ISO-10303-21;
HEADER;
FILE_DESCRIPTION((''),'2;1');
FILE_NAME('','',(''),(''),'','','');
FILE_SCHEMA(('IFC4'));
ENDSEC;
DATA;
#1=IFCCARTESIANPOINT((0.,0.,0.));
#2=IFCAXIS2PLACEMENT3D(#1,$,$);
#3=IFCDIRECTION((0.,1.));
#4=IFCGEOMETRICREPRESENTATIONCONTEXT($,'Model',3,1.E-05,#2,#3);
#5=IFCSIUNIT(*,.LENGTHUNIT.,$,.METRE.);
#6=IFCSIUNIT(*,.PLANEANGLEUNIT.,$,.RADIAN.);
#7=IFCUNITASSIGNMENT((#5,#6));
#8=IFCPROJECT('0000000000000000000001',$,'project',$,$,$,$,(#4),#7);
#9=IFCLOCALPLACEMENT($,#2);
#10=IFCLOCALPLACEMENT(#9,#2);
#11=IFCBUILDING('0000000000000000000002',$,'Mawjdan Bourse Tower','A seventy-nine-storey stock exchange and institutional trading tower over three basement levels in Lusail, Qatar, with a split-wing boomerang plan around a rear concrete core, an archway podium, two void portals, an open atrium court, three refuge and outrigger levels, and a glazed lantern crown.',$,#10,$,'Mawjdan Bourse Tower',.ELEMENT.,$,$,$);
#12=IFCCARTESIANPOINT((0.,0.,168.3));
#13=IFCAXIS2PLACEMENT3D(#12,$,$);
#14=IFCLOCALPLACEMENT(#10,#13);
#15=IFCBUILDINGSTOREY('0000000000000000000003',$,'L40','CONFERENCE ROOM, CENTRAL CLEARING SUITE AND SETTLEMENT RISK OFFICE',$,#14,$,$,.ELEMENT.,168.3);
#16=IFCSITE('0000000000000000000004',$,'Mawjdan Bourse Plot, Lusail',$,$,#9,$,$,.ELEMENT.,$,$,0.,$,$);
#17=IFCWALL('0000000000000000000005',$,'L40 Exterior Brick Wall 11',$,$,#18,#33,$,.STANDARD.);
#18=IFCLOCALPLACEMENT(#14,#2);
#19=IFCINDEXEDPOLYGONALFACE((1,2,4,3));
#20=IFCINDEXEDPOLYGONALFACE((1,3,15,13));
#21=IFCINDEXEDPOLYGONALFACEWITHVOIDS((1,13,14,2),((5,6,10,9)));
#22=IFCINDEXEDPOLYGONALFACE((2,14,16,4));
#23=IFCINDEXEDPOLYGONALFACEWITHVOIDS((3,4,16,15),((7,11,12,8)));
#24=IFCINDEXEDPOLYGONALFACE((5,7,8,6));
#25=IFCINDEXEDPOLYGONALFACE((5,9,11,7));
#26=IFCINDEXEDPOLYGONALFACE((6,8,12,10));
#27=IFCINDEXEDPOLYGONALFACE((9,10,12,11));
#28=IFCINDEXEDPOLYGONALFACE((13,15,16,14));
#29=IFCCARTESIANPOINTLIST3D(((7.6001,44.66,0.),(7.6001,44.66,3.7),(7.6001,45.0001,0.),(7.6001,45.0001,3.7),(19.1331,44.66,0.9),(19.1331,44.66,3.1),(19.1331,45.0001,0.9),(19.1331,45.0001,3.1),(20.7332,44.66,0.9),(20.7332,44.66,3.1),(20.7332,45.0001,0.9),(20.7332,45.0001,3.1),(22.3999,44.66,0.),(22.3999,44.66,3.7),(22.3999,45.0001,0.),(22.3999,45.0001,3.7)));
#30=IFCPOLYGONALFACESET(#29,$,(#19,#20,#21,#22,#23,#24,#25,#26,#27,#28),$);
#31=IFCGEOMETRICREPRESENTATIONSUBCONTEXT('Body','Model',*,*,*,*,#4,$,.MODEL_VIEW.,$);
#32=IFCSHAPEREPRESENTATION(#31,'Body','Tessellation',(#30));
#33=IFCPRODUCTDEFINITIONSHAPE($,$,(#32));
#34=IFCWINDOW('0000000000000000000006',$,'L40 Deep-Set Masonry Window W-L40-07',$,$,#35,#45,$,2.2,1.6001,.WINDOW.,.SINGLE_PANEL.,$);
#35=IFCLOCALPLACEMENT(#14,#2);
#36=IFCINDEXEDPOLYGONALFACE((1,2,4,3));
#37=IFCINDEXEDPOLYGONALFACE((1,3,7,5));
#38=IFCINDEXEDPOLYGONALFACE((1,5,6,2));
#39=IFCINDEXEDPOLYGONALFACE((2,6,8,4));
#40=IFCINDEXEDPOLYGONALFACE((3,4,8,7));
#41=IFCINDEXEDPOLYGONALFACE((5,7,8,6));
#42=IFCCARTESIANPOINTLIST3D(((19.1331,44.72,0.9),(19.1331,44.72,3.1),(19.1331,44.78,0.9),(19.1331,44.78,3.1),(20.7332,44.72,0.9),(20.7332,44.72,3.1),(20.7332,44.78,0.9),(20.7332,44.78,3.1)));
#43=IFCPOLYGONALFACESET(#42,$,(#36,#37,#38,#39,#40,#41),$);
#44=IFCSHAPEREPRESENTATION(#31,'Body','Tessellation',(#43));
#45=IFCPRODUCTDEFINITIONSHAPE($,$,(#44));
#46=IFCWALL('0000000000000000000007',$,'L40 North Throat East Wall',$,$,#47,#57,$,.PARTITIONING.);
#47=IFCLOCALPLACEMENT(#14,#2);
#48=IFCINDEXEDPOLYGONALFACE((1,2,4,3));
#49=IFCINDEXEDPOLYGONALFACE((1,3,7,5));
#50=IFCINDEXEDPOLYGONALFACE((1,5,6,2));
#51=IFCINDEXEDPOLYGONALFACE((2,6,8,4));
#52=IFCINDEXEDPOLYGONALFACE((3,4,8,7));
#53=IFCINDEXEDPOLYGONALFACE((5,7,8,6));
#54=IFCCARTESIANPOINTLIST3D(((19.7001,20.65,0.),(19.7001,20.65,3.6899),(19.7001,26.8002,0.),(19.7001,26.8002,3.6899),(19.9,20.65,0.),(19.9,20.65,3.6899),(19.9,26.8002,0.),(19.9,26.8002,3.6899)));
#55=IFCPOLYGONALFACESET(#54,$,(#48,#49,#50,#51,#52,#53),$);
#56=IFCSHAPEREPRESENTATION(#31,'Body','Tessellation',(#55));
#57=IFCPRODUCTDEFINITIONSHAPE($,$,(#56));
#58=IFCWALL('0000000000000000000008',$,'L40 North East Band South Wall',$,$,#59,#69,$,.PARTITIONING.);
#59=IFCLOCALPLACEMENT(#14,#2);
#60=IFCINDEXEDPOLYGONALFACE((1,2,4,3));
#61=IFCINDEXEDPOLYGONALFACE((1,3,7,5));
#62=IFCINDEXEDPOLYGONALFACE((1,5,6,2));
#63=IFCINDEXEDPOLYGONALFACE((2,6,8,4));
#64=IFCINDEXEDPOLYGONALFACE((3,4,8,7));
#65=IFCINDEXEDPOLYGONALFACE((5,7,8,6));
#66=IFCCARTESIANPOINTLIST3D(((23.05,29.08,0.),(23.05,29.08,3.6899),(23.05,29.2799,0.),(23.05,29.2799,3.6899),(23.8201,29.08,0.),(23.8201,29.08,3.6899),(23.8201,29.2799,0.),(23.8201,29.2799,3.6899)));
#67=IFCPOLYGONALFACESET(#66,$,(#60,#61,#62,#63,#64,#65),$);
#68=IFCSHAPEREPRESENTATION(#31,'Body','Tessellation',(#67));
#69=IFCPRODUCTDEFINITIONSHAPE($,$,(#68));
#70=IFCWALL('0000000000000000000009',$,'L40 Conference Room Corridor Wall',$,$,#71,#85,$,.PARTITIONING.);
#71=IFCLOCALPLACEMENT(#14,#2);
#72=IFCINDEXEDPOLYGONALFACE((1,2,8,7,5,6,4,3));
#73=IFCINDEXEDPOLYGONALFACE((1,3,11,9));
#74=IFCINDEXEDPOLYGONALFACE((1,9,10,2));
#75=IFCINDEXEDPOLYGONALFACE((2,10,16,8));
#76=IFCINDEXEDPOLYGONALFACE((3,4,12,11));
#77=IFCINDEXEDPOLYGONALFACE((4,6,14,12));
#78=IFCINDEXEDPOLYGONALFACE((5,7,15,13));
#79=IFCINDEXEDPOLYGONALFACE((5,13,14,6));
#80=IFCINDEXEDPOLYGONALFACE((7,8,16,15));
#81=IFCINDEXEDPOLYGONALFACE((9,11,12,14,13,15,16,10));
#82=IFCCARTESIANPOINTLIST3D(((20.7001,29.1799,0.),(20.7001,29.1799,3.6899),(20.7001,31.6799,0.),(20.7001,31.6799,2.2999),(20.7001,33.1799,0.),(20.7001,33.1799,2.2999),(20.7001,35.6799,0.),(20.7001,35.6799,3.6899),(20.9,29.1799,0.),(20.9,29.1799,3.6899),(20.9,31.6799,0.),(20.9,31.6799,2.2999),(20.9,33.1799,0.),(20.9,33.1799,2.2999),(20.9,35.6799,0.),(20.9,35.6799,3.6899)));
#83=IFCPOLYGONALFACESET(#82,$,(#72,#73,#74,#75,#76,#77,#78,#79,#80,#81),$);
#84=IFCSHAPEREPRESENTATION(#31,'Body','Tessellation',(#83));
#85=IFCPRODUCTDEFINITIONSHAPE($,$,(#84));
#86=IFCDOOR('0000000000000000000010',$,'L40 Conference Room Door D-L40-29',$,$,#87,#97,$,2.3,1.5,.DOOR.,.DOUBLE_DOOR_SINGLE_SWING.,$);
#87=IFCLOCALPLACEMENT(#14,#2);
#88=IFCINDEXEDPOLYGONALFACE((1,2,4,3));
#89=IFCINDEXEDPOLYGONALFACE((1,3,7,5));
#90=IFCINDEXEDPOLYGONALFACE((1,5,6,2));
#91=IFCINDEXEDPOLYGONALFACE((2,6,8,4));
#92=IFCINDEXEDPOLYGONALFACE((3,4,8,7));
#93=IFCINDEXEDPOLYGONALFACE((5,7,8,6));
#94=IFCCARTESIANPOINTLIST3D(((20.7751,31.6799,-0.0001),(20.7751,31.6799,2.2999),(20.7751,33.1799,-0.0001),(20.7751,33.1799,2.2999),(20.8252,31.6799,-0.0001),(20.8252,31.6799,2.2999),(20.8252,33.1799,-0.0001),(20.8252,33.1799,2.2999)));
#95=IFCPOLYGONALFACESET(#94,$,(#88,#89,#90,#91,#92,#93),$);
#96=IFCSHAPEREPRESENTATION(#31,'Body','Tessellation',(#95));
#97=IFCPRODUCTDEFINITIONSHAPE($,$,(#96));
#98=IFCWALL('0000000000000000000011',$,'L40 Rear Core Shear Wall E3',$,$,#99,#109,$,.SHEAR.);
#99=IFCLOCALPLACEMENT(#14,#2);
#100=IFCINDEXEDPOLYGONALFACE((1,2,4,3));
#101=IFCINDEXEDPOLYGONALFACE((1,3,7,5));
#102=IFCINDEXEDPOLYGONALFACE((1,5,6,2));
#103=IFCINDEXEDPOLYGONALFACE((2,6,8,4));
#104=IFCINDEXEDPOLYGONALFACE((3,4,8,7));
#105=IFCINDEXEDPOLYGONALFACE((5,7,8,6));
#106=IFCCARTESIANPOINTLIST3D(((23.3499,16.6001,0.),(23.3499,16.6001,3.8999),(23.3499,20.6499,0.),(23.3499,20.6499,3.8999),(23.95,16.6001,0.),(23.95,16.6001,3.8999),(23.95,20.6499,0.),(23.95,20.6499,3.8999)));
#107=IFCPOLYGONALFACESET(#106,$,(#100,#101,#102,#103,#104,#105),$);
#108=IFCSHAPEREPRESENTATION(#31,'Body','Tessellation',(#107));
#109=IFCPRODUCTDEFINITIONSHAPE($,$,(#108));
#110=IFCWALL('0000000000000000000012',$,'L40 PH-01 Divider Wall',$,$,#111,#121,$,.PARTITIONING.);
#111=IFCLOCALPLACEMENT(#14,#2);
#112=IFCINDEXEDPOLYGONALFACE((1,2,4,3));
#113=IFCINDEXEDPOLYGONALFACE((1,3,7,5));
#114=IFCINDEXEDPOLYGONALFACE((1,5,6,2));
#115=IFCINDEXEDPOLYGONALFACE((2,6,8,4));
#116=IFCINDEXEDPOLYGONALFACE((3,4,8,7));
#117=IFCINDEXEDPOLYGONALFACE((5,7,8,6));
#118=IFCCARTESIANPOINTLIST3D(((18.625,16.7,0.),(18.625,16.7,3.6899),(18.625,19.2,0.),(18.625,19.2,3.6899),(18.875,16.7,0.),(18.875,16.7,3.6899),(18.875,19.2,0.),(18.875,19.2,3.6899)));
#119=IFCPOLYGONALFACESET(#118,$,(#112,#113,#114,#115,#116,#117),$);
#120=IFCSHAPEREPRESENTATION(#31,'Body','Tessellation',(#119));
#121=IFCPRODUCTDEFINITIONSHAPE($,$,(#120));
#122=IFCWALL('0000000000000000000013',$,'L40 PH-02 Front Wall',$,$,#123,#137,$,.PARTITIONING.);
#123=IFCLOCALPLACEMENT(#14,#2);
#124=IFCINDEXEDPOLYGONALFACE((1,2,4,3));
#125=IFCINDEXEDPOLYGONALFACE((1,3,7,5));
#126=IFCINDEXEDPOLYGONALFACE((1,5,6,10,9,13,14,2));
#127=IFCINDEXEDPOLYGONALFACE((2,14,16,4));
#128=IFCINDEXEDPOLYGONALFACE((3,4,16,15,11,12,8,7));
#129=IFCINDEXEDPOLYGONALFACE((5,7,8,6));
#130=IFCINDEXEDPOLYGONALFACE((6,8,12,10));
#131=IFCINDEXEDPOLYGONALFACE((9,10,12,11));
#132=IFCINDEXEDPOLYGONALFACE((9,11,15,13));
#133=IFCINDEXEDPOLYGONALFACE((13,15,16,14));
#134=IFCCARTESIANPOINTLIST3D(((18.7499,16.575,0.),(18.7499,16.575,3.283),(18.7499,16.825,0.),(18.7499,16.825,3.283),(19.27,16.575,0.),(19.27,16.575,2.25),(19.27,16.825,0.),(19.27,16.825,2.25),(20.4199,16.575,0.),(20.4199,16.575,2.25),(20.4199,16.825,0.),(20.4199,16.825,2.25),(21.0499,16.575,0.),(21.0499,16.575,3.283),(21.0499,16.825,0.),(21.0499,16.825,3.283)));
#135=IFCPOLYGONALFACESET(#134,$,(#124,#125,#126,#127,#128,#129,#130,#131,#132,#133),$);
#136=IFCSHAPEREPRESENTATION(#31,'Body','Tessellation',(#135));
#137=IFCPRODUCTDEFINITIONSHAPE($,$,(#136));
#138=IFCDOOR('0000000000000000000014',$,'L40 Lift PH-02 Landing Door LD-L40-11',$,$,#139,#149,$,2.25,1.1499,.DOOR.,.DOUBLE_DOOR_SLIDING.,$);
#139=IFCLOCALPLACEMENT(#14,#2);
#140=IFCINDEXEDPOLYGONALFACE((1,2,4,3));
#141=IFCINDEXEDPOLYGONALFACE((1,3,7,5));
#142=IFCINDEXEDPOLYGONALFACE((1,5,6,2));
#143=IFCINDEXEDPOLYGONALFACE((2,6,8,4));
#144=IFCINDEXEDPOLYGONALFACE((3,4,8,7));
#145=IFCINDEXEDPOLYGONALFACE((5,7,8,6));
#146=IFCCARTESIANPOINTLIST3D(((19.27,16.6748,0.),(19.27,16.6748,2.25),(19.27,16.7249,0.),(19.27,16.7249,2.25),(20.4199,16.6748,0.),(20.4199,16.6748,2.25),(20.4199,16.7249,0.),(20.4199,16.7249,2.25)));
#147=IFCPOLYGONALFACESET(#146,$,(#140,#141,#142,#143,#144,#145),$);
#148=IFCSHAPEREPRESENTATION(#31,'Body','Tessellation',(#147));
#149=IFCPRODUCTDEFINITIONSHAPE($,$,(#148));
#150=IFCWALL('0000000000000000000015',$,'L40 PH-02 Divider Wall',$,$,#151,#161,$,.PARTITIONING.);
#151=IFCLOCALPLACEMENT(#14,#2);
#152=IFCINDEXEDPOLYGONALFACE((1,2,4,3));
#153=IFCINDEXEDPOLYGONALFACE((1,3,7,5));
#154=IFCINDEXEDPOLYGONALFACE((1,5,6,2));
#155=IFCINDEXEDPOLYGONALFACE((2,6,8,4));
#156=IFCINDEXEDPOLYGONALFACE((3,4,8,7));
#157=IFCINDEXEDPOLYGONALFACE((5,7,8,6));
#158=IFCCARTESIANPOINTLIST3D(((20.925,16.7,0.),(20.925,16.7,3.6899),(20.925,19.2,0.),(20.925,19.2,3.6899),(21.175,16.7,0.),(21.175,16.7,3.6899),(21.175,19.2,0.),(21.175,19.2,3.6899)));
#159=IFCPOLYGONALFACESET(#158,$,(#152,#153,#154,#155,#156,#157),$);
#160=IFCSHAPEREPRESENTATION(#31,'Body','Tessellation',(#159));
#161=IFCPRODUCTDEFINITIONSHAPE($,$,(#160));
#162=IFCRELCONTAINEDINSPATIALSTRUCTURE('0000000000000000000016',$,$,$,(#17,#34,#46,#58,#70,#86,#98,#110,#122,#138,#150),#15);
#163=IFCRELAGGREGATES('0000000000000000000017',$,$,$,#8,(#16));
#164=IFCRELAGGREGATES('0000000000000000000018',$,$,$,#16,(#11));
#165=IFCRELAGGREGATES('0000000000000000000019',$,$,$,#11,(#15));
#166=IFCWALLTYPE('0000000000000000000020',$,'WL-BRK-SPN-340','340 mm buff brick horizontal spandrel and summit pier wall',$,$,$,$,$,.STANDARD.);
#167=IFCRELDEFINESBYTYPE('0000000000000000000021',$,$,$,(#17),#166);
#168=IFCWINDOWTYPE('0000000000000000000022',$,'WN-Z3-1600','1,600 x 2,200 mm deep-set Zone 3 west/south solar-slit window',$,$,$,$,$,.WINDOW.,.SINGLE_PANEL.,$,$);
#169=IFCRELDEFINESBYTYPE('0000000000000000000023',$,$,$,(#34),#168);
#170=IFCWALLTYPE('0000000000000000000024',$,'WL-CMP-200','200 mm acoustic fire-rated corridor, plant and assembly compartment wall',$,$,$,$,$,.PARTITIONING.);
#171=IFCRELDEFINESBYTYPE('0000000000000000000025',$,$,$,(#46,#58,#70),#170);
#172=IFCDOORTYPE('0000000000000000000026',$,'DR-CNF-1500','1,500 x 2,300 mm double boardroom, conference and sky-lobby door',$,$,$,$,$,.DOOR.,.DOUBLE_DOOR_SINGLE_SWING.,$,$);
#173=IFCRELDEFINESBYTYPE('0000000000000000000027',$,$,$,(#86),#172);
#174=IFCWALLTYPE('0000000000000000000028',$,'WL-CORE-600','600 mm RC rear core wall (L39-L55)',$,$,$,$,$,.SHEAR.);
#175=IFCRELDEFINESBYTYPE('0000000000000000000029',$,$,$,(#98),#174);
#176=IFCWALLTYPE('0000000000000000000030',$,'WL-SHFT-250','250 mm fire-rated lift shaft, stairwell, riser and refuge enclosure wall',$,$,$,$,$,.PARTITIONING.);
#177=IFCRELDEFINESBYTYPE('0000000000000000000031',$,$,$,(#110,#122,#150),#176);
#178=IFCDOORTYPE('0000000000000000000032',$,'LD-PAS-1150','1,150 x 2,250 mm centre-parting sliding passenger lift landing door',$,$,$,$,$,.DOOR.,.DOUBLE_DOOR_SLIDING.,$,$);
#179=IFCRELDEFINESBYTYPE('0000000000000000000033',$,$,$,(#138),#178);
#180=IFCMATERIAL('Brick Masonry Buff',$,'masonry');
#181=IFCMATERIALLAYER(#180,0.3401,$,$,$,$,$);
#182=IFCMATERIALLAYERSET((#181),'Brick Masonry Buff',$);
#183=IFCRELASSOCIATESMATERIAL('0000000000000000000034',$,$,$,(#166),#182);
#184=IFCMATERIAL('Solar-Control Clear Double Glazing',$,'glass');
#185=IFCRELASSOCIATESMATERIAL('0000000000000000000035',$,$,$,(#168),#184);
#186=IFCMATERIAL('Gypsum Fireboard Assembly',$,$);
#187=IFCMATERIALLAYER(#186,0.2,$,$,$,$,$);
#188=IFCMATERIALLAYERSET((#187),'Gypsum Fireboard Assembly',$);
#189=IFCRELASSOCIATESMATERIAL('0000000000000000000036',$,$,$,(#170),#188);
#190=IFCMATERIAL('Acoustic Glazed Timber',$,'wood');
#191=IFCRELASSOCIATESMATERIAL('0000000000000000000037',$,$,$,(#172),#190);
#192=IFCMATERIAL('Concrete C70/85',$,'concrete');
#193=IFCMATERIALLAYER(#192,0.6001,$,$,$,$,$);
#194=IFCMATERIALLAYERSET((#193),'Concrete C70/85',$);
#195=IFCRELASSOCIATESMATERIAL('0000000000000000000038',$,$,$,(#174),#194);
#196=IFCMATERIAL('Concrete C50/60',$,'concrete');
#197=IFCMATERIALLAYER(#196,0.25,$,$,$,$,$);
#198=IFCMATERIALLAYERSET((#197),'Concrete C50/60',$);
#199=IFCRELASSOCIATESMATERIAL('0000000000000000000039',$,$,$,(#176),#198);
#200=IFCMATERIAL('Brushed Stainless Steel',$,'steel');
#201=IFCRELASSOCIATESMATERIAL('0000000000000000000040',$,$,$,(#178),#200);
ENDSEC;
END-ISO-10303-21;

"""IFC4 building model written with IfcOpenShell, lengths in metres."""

from ifc_helpers import new_model, si_unit, direction, frame, frame_2d, origin, place, context, subcontext, project, spatial, rectangle, extrude, material, layer, layer_set, type_object, element, fill, save


model = new_model("IFC4")

# Units and contexts
model_context = context("Model", 3, precision=1e-05, world=origin(), true_north=direction((0.0, 1.0)))
body_context = subcontext(model_context, "Body", "Model", "MODEL_VIEW")
ifc_project = project(units=[si_unit("LENGTHUNIT", "METRE"), si_unit("PLANEANGLEUNIT", "RADIAN")], contexts=[model_context])

# Site, building, storey
site_placement = place(None, origin())
site = spatial("IfcSite", under=ifc_project, at=site_placement, Name="Mawjdan Bourse Plot, Lusail", CompositionType="ELEMENT", RefElevation=0.0)
building_placement = place(site_placement, origin())
building = spatial("IfcBuilding", under=site, at=building_placement, Name="Mawjdan Bourse Tower", Description="A seventy-nine-storey stock exchange and institutional trading tower over three basement levels in Lusail, Qatar, with a split-wing boomerang plan around a rear concrete core, an archway podium, two void portals, an open atrium court, three refuge and outrigger levels, and a glazed lantern crown.", LongName="Mawjdan Bourse Tower", CompositionType="ELEMENT")
storey_placement = place(building_placement, frame((0.0, 0.0, 168.3)))
storey = spatial("IfcBuildingStorey", under=building, at=storey_placement, Name="L40", Description="CONFERENCE ROOM, CENTRAL CLEARING SUITE AND SETTLEMENT RISK OFFICE", CompositionType="ELEMENT", Elevation=168.3)

# Shared definitions
ifc_material_1 = material(Name="Concrete C70/85", Category="concrete")

# Shared definitions
ifc_material_2 = material(Name="Brick Masonry Buff", Category="masonry")
ifc_layer_1 = layer(ifc_material_2, 0.3401)
ifc_layer_set_1 = layer_set([ifc_layer_1], Name="Brick Masonry Buff")
wall_type_1 = type_object("IfcWallType", Name="WL-BRK-SPN-340", Description="340 mm buff brick horizontal spandrel and summit pier wall", PredefinedType="STANDARD", material=ifc_layer_set_1)

# Wall, opening, window
wall_1_placement = place(storey_placement, frame((22.3999, 44.8301, 0.0), z_axis=(0.0, 0.0, 1.0), x_axis=(-1.0, 0.0, 0.0)))
wall_1 = element("IfcWall", 1, at=wall_1_placement, inside=storey, type_object=wall_type_1, Name="L40 Exterior Brick Wall 11", PredefinedType="STANDARD", context=body_context, shape_type="SweptSolid", body=[
    extrude(rectangle(XDim=14.7998, YDim=0.3401, at=frame_2d((7.3999, 0.0))), origin(), (0.0, 0.0, 1.0), 3.7),
])
opening_1_placement = place(wall_1_placement, frame((1.6667, 0.0, 0.8999)))
opening_1 = element("IfcOpeningElement", 2, at=opening_1_placement, cuts=wall_1, PredefinedType="OPENING", context=body_context, shape_type="SweptSolid", body=[
    extrude(rectangle(XDim=1.6001, YDim=2.2, at=frame_2d((0.8, 1.1001))), frame((0.0, 0.1802, 0.0), z_axis=(0.0, -1.0, 0.0), x_axis=(1.0, 0.0, 0.0)), (0.0, 0.0, 1.0), 0.3601),
])
ifc_material_3 = material(Name="Solar-Control Clear Double Glazing", Category="glass")
window_type = type_object("IfcWindowType", Name="WN-Z3-1600", Description="1,600 x 2,200 mm deep-set Zone 3 west/south solar-slit window", PartitioningType="SINGLE_PANEL", PredefinedType="WINDOW", material=ifc_material_3)
window_placement = place(opening_1_placement, origin())
window = element("IfcWindow", 3, at=window_placement, inside=storey, type_object=window_type, Name="L40 Deep-Set Masonry Window W-L40-07", OverallHeight=2.2, OverallWidth=1.6001, PartitioningType="SINGLE_PANEL", PredefinedType="WINDOW", context=body_context, shape_type="SweptSolid", body=[
    extrude(rectangle(XDim=1.6001, YDim=2.2, at=frame_2d((0.8, 1.1001))), frame((0.0, 0.1101, 0.0), z_axis=(0.0, -1.0, 0.0), x_axis=(1.0, 0.0, 0.0)), (0.0, 0.0, 1.0), 0.0601),
])
fill(opening_1, window)

# Shared definitions
ifc_material_4 = material(Name="Gypsum Fireboard Assembly")
ifc_layer_2 = layer(ifc_material_4, 0.2)
ifc_layer_set_2 = layer_set([ifc_layer_2], Name="Gypsum Fireboard Assembly")
wall_type_2 = type_object("IfcWallType", Name="WL-CMP-200", Description="200 mm acoustic fire-rated corridor, plant and assembly compartment wall", PredefinedType="PARTITIONING", material=ifc_layer_set_2)

# Walls
wall_2_placement = place(storey_placement, frame((19.8, 20.6499, 0.0), z_axis=(0.0, 0.0, 1.0), x_axis=(0.0, 1.0, 0.0)))
element("IfcWall", 4, at=wall_2_placement, inside=storey, type_object=wall_type_2, Name="L40 North Throat East Wall", PredefinedType="PARTITIONING", context=body_context, shape_type="SweptSolid", body=[
    extrude(rectangle(XDim=6.1501, YDim=0.2, at=frame_2d((3.0752, 0.0))), origin(), (0.0, 0.0, 1.0), 3.6899),
])
wall_3_placement = place(storey_placement, frame((23.05, 29.1799, 0.0), z_axis=(0.0, 0.0, 1.0), x_axis=(1.0, 0.0, 0.0)))
element("IfcWall", 5, at=wall_3_placement, inside=storey, type_object=wall_type_2, Name="L40 North East Band South Wall", PredefinedType="PARTITIONING", context=body_context, shape_type="SweptSolid", body=[
    extrude(rectangle(XDim=0.77, YDim=0.2, at=frame_2d((0.385, 0.0))), origin(), (0.0, 0.0, 1.0), 3.6899),
])

# Wall, opening, door
wall_4_placement = place(storey_placement, frame((20.8, 29.1799, 0.0), z_axis=(0.0, 0.0, 1.0), x_axis=(0.0, 1.0, 0.0)))
wall_4 = element("IfcWall", 6, at=wall_4_placement, inside=storey, type_object=wall_type_2, Name="L40 Conference Room Corridor Wall", PredefinedType="PARTITIONING", context=body_context, shape_type="SweptSolid", body=[
    extrude(rectangle(XDim=6.5, YDim=0.2, at=frame_2d((3.25, 0.0))), origin(), (0.0, 0.0, 1.0), 3.6899),
])
opening_2_placement = place(wall_4_placement, frame((2.5, 0.0, 0.0)))
opening_2 = element("IfcOpeningElement", 7, at=opening_2_placement, cuts=wall_4, PredefinedType="OPENING", context=body_context, shape_type="SweptSolid", body=[
    extrude(rectangle(XDim=1.5, YDim=2.3, at=frame_2d((0.75, 1.1499))), frame((0.0, 0.1099, 0.0), z_axis=(0.0, -1.0, 0.0), x_axis=(1.0, 0.0, 0.0)), (0.0, 0.0, 1.0), 0.22),
])
ifc_material_5 = material(Name="Acoustic Glazed Timber", Category="wood")
door_type_1 = type_object("IfcDoorType", Name="DR-CNF-1500", Description="1,500 x 2,300 mm double boardroom, conference and sky-lobby door", OperationType="DOUBLE_DOOR_SINGLE_SWING", PredefinedType="DOOR", material=ifc_material_5)
door_1_placement = place(opening_2_placement, origin())
door_1 = element("IfcDoor", 8, at=door_1_placement, inside=storey, type_object=door_type_1, Name="L40 Conference Room Door D-L40-29", OperationType="DOUBLE_DOOR_SINGLE_SWING", OverallHeight=2.3, OverallWidth=1.5, PredefinedType="DOOR", context=body_context, shape_type="SweptSolid", body=[
    extrude(rectangle(XDim=1.5, YDim=2.3, at=frame_2d((0.75, 1.1499))), frame((0.0, 0.0249, 0.0), z_axis=(0.0, -1.0, 0.0), x_axis=(1.0, 0.0, 0.0)), (0.0, 0.0, 1.0), 0.05),
])
fill(opening_2, door_1)

# Walls
ifc_layer_3 = layer(ifc_material_1, 0.6001)
ifc_layer_set_3 = layer_set([ifc_layer_3], Name="Concrete C70/85")
wall_type_3 = type_object("IfcWallType", Name="WL-CORE-600", Description="600 mm RC rear core wall (L39-L55)", PredefinedType="SHEAR", material=ifc_layer_set_3)
wall_5_placement = place(storey_placement, frame((23.6499, 16.6001, 0.0), z_axis=(0.0, 0.0, 1.0), x_axis=(0.0, 1.0, 0.0)))
element("IfcWall", 9, at=wall_5_placement, inside=storey, type_object=wall_type_3, Name="L40 Rear Core Shear Wall E3", PredefinedType="SHEAR", context=body_context, shape_type="SweptSolid", body=[
    extrude(rectangle(XDim=4.0498, YDim=0.6001, at=frame_2d((2.0249, 0.0))), origin(), (0.0, 0.0, 1.0), 3.8999),
])
ifc_material_6 = material(Name="Concrete C50/60", Category="concrete")
ifc_layer_4 = layer(ifc_material_6, 0.25)
ifc_layer_set_4 = layer_set([ifc_layer_4], Name="Concrete C50/60")
wall_type_4 = type_object("IfcWallType", Name="WL-SHFT-250", Description="250 mm fire-rated lift shaft, stairwell, riser and refuge enclosure wall", PredefinedType="PARTITIONING", material=ifc_layer_set_4)
wall_6_placement = place(storey_placement, frame((18.75, 16.7, 0.0), z_axis=(0.0, 0.0, 1.0), x_axis=(0.0, 1.0, 0.0)))
element("IfcWall", 10, at=wall_6_placement, inside=storey, type_object=wall_type_4, Name="L40 PH-01 Divider Wall", PredefinedType="PARTITIONING", context=body_context, shape_type="SweptSolid", body=[
    extrude(rectangle(XDim=2.5, YDim=0.25, at=frame_2d((1.25, 0.0))), origin(), (0.0, 0.0, 1.0), 3.6899),
])

# Wall, opening, door
wall_7_placement = place(storey_placement, frame((18.75, 16.7, 0.0), z_axis=(0.0, 0.0, 1.0), x_axis=(1.0, 0.0, 0.0)))
wall_7 = element("IfcWall", 11, at=wall_7_placement, inside=storey, type_object=wall_type_4, Name="L40 PH-02 Front Wall", PredefinedType="PARTITIONING", context=body_context, shape_type="SweptSolid", body=[
    extrude(rectangle(XDim=2.3, YDim=0.25, at=frame_2d((1.1499, 0.0))), origin(), (0.0, 0.0, 1.0), 3.283),
])
opening_3_placement = place(wall_7_placement, frame((0.52, 0.0, 0.0)))
opening_3 = element("IfcOpeningElement", 12, at=opening_3_placement, cuts=wall_7, PredefinedType="OPENING", context=body_context, shape_type="SweptSolid", body=[
    extrude(rectangle(XDim=1.1499, YDim=2.25, at=frame_2d((0.575, 1.125))), frame((0.0, 0.135, 0.0), z_axis=(0.0, -1.0, 0.0), x_axis=(1.0, 0.0, 0.0)), (0.0, 0.0, 1.0), 0.27),
])
ifc_material_7 = material(Name="Brushed Stainless Steel", Category="steel")
door_type_2 = type_object("IfcDoorType", Name="LD-PAS-1150", Description="1,150 x 2,250 mm centre-parting sliding passenger lift landing door", OperationType="DOUBLE_DOOR_SLIDING", PredefinedType="DOOR", material=ifc_material_7)
door_2_placement = place(opening_3_placement, origin())
door_2 = element("IfcDoor", 13, at=door_2_placement, inside=storey, type_object=door_type_2, Name="L40 Lift PH-02 Landing Door LD-L40-11", OperationType="DOUBLE_DOOR_SLIDING", OverallHeight=2.25, OverallWidth=1.1499, PredefinedType="DOOR", context=body_context, shape_type="SweptSolid", body=[
    extrude(rectangle(XDim=1.1499, YDim=2.25, at=frame_2d((0.575, 1.125))), frame((0.0, 0.0249, 0.0), z_axis=(0.0, -1.0, 0.0), x_axis=(1.0, 0.0, 0.0)), (0.0, 0.0, 1.0), 0.05),
])
fill(opening_3, door_2)

# Wall
wall_8_placement = place(storey_placement, frame((21.05, 16.7, 0.0), z_axis=(0.0, 0.0, 1.0), x_axis=(0.0, 1.0, 0.0)))
element("IfcWall", 14, at=wall_8_placement, inside=storey, type_object=wall_type_4, Name="L40 PH-02 Divider Wall", PredefinedType="PARTITIONING", context=body_context, shape_type="SweptSolid", body=[
    extrude(rectangle(XDim=2.5, YDim=0.25, at=frame_2d((1.25, 0.0))), origin(), (0.0, 0.0, 1.0), 3.6899),
])

save(model, "model.ifc")
